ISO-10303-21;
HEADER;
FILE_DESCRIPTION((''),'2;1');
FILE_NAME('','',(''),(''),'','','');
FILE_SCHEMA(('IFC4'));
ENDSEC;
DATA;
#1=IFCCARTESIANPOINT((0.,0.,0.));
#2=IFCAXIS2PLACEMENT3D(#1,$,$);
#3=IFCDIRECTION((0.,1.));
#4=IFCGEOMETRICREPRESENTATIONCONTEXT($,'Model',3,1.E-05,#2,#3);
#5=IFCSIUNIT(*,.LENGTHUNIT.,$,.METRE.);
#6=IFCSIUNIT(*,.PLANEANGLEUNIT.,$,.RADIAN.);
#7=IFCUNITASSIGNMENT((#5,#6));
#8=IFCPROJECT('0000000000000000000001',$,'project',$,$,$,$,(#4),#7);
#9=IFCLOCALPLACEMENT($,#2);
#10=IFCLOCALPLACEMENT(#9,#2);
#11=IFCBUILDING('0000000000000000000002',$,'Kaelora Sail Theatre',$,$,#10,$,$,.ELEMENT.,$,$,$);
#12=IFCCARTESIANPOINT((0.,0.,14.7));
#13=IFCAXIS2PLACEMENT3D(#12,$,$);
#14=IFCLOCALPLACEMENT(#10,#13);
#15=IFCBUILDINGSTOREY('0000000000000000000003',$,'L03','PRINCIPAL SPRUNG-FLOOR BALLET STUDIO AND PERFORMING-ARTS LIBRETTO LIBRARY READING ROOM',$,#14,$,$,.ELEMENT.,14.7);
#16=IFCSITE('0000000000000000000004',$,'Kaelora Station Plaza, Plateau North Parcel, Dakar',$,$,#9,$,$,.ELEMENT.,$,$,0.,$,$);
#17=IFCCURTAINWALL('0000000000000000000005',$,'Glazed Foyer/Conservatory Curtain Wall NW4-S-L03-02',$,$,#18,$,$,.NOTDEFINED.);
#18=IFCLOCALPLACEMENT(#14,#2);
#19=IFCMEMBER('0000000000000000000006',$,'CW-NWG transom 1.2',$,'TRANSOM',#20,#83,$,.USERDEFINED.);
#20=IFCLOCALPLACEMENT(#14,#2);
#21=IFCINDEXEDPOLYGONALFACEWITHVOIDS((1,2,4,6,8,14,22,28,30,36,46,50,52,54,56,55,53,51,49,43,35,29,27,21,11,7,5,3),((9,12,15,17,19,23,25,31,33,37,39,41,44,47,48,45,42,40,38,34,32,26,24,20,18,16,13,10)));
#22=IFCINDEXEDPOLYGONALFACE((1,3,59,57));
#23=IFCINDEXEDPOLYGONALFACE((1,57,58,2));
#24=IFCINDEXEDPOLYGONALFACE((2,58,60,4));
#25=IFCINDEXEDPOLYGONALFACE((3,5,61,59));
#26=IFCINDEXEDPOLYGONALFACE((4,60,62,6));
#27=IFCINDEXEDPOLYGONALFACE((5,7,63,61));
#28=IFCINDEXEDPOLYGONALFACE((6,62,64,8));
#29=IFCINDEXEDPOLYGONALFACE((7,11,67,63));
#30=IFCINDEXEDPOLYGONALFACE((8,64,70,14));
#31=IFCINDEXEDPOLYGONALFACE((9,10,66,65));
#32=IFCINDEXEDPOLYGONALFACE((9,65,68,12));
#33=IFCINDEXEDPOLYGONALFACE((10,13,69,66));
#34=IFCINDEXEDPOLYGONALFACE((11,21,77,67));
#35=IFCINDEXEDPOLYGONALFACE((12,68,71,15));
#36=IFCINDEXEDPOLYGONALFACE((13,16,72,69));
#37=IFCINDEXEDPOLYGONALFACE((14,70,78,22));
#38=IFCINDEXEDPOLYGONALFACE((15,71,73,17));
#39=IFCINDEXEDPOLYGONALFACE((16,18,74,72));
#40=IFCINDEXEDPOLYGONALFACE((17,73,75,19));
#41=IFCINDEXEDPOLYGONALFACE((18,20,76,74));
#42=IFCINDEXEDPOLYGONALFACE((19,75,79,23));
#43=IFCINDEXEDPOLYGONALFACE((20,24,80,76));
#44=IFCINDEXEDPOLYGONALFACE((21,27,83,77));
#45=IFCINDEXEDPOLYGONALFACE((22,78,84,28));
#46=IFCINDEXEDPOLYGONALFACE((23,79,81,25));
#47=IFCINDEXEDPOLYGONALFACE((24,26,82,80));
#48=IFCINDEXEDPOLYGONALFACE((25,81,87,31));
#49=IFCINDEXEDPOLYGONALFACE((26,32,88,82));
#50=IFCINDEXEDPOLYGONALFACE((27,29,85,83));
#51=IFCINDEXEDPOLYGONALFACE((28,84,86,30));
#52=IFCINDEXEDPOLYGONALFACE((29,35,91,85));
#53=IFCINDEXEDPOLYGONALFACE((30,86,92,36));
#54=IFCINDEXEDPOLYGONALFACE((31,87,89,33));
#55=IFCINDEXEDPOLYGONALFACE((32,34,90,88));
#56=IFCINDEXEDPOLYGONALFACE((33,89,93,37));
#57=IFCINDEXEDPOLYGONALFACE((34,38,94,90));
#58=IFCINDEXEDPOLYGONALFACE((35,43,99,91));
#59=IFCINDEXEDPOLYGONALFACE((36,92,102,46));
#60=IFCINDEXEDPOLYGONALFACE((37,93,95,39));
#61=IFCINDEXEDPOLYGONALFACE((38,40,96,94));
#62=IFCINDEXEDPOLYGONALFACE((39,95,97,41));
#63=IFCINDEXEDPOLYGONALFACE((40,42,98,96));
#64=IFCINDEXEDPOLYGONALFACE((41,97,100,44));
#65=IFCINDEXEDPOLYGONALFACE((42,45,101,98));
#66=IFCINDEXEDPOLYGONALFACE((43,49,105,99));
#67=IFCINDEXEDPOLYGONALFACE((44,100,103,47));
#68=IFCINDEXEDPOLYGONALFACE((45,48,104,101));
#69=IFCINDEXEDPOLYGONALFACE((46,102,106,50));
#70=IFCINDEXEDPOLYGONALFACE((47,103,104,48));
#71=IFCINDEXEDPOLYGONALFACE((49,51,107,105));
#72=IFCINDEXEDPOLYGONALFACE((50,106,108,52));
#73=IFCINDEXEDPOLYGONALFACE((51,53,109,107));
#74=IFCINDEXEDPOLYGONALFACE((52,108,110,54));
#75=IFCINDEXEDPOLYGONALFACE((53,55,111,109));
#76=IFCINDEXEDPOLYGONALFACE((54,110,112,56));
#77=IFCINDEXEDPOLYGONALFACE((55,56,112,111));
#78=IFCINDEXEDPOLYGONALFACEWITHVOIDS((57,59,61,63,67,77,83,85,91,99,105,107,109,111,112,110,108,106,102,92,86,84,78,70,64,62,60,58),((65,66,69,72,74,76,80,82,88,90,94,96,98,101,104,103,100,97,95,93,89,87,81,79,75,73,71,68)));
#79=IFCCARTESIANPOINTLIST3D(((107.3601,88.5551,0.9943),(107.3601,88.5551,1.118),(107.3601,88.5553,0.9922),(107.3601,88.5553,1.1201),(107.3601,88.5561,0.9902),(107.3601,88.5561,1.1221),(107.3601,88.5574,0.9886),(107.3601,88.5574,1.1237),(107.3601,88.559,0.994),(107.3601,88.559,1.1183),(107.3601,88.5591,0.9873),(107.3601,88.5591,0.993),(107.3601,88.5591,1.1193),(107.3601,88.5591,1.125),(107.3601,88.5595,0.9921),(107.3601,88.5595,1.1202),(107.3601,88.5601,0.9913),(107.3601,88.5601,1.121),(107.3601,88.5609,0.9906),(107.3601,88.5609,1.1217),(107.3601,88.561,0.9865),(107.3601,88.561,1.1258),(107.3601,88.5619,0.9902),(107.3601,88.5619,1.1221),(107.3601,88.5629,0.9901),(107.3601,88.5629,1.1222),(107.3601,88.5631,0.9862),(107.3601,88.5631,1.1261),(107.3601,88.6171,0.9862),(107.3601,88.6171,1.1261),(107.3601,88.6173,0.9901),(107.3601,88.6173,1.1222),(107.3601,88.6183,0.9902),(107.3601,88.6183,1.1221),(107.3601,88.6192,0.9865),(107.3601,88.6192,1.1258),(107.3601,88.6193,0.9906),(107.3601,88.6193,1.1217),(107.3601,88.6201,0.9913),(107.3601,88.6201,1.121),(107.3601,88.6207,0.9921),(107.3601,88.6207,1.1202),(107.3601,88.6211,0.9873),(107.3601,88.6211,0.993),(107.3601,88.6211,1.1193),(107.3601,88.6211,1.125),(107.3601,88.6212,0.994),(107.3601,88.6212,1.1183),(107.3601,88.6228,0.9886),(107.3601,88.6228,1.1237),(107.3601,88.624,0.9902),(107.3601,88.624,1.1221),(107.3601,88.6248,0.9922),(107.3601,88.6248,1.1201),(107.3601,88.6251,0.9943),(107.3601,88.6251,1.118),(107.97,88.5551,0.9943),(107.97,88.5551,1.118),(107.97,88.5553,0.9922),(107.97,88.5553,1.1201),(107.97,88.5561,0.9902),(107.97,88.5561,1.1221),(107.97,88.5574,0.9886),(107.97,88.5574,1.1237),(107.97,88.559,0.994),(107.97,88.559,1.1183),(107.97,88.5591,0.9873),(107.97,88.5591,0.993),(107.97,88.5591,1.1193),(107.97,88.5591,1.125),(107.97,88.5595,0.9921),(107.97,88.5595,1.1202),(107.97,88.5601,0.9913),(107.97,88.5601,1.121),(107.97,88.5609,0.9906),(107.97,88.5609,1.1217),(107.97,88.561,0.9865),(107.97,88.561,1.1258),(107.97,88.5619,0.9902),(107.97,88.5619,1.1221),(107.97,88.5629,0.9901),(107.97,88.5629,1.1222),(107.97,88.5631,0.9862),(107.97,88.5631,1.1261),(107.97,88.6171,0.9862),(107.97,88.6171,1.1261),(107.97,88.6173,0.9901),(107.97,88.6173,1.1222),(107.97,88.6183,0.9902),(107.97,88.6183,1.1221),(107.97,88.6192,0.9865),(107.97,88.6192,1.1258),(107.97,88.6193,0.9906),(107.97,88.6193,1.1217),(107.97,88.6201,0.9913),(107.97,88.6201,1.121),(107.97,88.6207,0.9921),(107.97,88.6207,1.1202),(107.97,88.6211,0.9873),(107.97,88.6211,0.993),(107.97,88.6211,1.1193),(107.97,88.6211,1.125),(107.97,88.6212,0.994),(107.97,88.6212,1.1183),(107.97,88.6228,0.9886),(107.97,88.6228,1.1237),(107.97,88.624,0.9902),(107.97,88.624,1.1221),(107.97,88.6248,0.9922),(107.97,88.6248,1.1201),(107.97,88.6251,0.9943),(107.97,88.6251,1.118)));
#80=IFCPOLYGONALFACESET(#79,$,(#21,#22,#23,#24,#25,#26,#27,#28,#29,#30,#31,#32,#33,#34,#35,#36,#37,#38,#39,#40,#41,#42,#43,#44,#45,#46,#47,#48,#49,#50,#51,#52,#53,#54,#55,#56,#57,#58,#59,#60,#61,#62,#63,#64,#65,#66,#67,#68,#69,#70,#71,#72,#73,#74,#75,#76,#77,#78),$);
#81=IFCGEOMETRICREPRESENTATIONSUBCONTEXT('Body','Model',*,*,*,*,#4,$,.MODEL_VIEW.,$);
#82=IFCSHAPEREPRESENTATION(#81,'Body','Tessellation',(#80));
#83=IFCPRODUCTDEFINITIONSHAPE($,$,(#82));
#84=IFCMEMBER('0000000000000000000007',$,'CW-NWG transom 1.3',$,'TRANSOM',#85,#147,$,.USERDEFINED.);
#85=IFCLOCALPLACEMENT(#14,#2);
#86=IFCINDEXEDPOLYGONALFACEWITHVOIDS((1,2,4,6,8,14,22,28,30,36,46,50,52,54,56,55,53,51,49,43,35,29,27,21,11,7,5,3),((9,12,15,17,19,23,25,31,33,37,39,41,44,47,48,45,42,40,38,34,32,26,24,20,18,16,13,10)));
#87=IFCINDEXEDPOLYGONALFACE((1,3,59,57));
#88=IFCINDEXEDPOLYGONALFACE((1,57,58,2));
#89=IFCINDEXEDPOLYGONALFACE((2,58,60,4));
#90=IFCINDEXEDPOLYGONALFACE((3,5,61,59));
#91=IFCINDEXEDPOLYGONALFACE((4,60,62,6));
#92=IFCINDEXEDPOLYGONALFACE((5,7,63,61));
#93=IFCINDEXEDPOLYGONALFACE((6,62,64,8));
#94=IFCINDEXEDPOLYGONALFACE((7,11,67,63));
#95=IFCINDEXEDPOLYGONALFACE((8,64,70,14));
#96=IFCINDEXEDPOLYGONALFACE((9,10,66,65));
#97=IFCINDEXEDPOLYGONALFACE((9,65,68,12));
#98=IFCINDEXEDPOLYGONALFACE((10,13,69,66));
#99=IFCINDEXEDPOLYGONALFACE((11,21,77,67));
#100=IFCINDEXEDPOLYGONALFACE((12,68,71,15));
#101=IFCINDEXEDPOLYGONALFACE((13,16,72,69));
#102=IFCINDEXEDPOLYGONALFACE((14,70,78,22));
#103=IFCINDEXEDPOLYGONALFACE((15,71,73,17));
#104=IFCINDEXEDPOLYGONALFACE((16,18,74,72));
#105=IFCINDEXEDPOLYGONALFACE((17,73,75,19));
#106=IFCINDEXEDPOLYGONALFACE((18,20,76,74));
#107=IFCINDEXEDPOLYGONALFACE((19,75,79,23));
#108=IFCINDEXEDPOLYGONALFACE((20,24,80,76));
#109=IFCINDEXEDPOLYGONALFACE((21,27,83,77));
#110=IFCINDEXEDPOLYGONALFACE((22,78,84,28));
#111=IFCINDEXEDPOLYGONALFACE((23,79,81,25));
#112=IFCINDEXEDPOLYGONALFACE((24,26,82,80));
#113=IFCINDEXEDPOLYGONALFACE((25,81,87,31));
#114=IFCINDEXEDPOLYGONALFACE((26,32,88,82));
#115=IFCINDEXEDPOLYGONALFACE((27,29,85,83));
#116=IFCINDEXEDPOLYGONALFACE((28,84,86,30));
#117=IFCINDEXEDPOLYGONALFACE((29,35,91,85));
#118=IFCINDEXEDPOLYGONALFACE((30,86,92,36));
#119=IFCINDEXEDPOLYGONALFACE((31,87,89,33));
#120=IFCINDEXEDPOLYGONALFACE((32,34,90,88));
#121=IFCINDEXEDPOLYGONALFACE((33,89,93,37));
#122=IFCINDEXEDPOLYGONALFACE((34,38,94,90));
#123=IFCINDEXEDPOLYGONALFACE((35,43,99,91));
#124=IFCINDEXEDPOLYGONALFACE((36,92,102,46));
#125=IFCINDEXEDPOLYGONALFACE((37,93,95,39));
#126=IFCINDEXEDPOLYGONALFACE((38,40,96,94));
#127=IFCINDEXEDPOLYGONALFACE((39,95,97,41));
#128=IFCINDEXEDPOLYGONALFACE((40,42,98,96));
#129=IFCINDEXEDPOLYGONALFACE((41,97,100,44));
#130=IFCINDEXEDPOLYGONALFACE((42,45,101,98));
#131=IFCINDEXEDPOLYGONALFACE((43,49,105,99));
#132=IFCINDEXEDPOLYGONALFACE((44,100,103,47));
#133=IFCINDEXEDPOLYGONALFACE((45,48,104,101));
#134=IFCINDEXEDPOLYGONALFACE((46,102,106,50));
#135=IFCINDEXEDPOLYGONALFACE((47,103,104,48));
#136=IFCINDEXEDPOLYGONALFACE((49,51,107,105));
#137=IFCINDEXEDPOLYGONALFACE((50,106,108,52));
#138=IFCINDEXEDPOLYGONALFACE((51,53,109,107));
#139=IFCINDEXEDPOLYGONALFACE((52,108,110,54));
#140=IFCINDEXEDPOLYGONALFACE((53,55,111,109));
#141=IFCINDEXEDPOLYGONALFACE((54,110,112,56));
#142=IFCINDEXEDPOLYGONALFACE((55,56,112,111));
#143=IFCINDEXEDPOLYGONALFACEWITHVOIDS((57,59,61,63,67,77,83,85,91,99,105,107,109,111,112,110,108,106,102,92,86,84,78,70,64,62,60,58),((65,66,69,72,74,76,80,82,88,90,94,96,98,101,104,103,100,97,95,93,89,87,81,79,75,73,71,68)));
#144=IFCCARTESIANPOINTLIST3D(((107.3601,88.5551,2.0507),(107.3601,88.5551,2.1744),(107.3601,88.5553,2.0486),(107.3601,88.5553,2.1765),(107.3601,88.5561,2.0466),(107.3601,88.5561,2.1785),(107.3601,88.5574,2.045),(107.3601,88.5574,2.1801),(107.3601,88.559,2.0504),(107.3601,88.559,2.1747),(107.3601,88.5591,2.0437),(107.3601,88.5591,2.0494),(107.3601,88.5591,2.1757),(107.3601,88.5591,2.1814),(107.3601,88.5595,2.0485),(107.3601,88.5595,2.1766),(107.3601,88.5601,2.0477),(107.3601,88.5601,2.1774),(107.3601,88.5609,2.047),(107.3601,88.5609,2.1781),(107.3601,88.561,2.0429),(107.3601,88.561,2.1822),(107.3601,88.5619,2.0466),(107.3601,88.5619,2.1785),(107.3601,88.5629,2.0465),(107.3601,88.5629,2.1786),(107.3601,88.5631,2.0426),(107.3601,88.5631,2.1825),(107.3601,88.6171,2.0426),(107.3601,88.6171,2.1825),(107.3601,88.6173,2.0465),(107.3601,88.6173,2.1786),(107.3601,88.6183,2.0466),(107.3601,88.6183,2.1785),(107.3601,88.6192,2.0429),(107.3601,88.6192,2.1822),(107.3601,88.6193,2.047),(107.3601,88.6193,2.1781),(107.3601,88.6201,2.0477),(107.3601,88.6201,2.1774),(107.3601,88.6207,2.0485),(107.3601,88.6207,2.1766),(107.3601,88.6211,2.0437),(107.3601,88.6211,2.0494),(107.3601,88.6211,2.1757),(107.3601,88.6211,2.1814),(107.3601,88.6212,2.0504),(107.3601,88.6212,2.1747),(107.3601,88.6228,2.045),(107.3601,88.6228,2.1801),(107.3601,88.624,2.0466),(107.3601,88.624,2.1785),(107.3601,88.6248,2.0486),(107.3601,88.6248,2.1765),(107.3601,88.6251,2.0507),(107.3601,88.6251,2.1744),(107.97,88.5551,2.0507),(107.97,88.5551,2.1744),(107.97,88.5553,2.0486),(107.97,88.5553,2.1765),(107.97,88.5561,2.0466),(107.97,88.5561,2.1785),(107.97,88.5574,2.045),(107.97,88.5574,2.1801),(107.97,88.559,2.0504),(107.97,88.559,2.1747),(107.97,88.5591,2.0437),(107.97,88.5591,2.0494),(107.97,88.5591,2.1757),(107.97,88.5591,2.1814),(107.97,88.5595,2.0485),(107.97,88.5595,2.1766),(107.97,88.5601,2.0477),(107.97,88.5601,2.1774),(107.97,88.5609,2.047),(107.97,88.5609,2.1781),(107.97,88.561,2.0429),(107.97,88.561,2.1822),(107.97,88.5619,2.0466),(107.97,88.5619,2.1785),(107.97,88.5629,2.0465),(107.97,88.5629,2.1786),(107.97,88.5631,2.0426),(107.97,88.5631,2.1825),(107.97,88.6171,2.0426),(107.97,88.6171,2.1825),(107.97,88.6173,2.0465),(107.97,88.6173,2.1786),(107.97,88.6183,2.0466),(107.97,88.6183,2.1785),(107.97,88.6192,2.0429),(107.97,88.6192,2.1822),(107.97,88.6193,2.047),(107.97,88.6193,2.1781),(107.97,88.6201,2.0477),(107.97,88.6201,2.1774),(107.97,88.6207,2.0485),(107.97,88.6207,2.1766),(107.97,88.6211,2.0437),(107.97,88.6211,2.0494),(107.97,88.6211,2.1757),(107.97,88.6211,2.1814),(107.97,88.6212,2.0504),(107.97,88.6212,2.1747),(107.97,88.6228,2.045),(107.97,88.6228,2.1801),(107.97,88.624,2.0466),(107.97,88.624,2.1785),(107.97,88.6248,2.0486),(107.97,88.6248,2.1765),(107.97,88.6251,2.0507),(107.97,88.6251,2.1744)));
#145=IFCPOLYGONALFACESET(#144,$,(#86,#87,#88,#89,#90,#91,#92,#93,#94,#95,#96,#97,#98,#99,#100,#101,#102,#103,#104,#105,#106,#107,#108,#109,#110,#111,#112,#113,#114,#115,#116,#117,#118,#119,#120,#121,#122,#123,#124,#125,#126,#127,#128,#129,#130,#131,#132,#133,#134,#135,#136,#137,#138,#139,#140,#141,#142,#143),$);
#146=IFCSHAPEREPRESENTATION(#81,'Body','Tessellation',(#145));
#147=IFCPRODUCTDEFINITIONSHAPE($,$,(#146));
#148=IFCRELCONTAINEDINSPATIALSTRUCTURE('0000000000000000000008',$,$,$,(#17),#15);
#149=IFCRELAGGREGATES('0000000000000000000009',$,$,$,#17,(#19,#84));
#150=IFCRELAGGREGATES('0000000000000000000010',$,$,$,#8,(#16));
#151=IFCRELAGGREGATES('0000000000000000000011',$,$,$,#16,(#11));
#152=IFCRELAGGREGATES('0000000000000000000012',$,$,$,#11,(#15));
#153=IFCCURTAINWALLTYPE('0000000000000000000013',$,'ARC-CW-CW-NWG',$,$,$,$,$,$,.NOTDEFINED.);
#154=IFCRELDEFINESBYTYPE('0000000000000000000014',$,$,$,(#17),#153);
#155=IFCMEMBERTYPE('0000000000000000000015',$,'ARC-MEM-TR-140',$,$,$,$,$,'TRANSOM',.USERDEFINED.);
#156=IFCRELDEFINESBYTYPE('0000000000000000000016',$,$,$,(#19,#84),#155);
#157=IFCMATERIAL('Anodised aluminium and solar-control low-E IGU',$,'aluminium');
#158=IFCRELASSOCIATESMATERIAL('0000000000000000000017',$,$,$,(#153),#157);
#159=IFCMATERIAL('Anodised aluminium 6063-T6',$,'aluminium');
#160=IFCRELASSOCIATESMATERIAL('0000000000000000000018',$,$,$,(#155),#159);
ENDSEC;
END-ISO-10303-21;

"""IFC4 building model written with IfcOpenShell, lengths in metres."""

from ifc_helpers import new_model, si_unit, direction, frame, origin, origin_2d, place, context, subcontext, project, spatial, hollow_rectangle, extrude, material, material_profile, profile_set, type_object, element, aggregate, save


model = new_model("IFC4")

# Units and contexts
model_context = context("Model", 3, precision=1e-05, world=origin(), true_north=direction((0.0, 1.0)))
body_context = subcontext(model_context, "Body", "Model", "MODEL_VIEW")
ifc_project = project(units=[si_unit("LENGTHUNIT", "METRE"), si_unit("PLANEANGLEUNIT", "RADIAN")], contexts=[model_context])

# Site, building, storey
site_placement = place(None, origin())
site = spatial("IfcSite", under=ifc_project, at=site_placement, Name="Kaelora Station Plaza, Plateau North Parcel, Dakar", CompositionType="ELEMENT", RefElevation=0.0)
building_placement = place(site_placement, origin())
building = spatial("IfcBuilding", under=site, at=building_placement, Name="Kaelora Sail Theatre", CompositionType="ELEMENT")
storey_placement = place(building_placement, frame((0.0, 0.0, 14.7)))
storey = spatial("IfcBuildingStorey", under=building, at=storey_placement, Name="L03", Description="PRINCIPAL SPRUNG-FLOOR BALLET STUDIO AND PERFORMING-ARTS LIBRETTO LIBRARY READING ROOM", CompositionType="ELEMENT", Elevation=14.7)

# Curtain wall
ifc_material_1 = material(Name="Anodised aluminium and solar-control low-E IGU", Category="aluminium")
curtain_wall_type = type_object("IfcCurtainWallType", Name="ARC-CW-CW-NWG", PredefinedType="NOTDEFINED", material=ifc_material_1)
curtain_wall_1_placement = place(storey_placement, origin())
curtain_wall_1 = element("IfcCurtainWall", 1, at=curtain_wall_1_placement, inside=storey, type_object=curtain_wall_type, Name="Glazed Foyer/Conservatory Curtain Wall NW4-S-L03-02", PredefinedType="NOTDEFINED")

# Members
ifc_material_2 = material(Name="Anodised aluminium 6063-T6", Category="aluminium")
ifc_material_profile_1 = material_profile(ifc_material_2, hollow_rectangle(XDim=0.0701, YDim=0.1399, WallThickness=0.0039, InnerFilletRadius=0.0039, OuterFilletRadius=0.0081, at=origin_2d()), Name="ALU-TRAN 70x140x4")
ifc_profile_set_1 = profile_set([ifc_material_profile_1], Name="Anodised aluminium 6063-T6")
member_type_1 = type_object("IfcMemberType", Name="ARC-MEM-TR-140", ElementType="TRANSOM", PredefinedType="USERDEFINED", material=ifc_profile_set_1)
member_1_placement = place(storey_placement, frame((107.3601, 88.5901, 1.0562), z_axis=(1.0, 0.0, 0.0), x_axis=(0.0, 1.0, 0.0)))
member_1 = element("IfcMember", 2, at=member_1_placement, type_object=member_type_1, Name="CW-NWG transom 1.2", ObjectType="TRANSOM", PredefinedType="USERDEFINED", context=body_context, shape_type="SweptSolid", body=[
    extrude(hollow_rectangle(XDim=0.0701, YDim=0.1399, WallThickness=0.0039, InnerFilletRadius=0.0039, OuterFilletRadius=0.0081, at=origin_2d()), origin(), (0.0, 0.0, 1.0), 0.6099),
])
member_2_placement = place(storey_placement, frame((107.3601, 88.5901, 2.1125), z_axis=(1.0, 0.0, 0.0), x_axis=(0.0, 1.0, 0.0)))
member_2 = element("IfcMember", 3, at=member_2_placement, type_object=member_type_1, Name="CW-NWG transom 1.3", ObjectType="TRANSOM", PredefinedType="USERDEFINED", context=body_context, shape_type="SweptSolid", body=[
    extrude(hollow_rectangle(XDim=0.0701, YDim=0.1399, WallThickness=0.0039, InnerFilletRadius=0.0039, OuterFilletRadius=0.0081, at=origin_2d()), origin(), (0.0, 0.0, 1.0), 0.6099),
])

aggregate(curtain_wall_1, [member_1, member_2])

save(model, "model.ifc")
